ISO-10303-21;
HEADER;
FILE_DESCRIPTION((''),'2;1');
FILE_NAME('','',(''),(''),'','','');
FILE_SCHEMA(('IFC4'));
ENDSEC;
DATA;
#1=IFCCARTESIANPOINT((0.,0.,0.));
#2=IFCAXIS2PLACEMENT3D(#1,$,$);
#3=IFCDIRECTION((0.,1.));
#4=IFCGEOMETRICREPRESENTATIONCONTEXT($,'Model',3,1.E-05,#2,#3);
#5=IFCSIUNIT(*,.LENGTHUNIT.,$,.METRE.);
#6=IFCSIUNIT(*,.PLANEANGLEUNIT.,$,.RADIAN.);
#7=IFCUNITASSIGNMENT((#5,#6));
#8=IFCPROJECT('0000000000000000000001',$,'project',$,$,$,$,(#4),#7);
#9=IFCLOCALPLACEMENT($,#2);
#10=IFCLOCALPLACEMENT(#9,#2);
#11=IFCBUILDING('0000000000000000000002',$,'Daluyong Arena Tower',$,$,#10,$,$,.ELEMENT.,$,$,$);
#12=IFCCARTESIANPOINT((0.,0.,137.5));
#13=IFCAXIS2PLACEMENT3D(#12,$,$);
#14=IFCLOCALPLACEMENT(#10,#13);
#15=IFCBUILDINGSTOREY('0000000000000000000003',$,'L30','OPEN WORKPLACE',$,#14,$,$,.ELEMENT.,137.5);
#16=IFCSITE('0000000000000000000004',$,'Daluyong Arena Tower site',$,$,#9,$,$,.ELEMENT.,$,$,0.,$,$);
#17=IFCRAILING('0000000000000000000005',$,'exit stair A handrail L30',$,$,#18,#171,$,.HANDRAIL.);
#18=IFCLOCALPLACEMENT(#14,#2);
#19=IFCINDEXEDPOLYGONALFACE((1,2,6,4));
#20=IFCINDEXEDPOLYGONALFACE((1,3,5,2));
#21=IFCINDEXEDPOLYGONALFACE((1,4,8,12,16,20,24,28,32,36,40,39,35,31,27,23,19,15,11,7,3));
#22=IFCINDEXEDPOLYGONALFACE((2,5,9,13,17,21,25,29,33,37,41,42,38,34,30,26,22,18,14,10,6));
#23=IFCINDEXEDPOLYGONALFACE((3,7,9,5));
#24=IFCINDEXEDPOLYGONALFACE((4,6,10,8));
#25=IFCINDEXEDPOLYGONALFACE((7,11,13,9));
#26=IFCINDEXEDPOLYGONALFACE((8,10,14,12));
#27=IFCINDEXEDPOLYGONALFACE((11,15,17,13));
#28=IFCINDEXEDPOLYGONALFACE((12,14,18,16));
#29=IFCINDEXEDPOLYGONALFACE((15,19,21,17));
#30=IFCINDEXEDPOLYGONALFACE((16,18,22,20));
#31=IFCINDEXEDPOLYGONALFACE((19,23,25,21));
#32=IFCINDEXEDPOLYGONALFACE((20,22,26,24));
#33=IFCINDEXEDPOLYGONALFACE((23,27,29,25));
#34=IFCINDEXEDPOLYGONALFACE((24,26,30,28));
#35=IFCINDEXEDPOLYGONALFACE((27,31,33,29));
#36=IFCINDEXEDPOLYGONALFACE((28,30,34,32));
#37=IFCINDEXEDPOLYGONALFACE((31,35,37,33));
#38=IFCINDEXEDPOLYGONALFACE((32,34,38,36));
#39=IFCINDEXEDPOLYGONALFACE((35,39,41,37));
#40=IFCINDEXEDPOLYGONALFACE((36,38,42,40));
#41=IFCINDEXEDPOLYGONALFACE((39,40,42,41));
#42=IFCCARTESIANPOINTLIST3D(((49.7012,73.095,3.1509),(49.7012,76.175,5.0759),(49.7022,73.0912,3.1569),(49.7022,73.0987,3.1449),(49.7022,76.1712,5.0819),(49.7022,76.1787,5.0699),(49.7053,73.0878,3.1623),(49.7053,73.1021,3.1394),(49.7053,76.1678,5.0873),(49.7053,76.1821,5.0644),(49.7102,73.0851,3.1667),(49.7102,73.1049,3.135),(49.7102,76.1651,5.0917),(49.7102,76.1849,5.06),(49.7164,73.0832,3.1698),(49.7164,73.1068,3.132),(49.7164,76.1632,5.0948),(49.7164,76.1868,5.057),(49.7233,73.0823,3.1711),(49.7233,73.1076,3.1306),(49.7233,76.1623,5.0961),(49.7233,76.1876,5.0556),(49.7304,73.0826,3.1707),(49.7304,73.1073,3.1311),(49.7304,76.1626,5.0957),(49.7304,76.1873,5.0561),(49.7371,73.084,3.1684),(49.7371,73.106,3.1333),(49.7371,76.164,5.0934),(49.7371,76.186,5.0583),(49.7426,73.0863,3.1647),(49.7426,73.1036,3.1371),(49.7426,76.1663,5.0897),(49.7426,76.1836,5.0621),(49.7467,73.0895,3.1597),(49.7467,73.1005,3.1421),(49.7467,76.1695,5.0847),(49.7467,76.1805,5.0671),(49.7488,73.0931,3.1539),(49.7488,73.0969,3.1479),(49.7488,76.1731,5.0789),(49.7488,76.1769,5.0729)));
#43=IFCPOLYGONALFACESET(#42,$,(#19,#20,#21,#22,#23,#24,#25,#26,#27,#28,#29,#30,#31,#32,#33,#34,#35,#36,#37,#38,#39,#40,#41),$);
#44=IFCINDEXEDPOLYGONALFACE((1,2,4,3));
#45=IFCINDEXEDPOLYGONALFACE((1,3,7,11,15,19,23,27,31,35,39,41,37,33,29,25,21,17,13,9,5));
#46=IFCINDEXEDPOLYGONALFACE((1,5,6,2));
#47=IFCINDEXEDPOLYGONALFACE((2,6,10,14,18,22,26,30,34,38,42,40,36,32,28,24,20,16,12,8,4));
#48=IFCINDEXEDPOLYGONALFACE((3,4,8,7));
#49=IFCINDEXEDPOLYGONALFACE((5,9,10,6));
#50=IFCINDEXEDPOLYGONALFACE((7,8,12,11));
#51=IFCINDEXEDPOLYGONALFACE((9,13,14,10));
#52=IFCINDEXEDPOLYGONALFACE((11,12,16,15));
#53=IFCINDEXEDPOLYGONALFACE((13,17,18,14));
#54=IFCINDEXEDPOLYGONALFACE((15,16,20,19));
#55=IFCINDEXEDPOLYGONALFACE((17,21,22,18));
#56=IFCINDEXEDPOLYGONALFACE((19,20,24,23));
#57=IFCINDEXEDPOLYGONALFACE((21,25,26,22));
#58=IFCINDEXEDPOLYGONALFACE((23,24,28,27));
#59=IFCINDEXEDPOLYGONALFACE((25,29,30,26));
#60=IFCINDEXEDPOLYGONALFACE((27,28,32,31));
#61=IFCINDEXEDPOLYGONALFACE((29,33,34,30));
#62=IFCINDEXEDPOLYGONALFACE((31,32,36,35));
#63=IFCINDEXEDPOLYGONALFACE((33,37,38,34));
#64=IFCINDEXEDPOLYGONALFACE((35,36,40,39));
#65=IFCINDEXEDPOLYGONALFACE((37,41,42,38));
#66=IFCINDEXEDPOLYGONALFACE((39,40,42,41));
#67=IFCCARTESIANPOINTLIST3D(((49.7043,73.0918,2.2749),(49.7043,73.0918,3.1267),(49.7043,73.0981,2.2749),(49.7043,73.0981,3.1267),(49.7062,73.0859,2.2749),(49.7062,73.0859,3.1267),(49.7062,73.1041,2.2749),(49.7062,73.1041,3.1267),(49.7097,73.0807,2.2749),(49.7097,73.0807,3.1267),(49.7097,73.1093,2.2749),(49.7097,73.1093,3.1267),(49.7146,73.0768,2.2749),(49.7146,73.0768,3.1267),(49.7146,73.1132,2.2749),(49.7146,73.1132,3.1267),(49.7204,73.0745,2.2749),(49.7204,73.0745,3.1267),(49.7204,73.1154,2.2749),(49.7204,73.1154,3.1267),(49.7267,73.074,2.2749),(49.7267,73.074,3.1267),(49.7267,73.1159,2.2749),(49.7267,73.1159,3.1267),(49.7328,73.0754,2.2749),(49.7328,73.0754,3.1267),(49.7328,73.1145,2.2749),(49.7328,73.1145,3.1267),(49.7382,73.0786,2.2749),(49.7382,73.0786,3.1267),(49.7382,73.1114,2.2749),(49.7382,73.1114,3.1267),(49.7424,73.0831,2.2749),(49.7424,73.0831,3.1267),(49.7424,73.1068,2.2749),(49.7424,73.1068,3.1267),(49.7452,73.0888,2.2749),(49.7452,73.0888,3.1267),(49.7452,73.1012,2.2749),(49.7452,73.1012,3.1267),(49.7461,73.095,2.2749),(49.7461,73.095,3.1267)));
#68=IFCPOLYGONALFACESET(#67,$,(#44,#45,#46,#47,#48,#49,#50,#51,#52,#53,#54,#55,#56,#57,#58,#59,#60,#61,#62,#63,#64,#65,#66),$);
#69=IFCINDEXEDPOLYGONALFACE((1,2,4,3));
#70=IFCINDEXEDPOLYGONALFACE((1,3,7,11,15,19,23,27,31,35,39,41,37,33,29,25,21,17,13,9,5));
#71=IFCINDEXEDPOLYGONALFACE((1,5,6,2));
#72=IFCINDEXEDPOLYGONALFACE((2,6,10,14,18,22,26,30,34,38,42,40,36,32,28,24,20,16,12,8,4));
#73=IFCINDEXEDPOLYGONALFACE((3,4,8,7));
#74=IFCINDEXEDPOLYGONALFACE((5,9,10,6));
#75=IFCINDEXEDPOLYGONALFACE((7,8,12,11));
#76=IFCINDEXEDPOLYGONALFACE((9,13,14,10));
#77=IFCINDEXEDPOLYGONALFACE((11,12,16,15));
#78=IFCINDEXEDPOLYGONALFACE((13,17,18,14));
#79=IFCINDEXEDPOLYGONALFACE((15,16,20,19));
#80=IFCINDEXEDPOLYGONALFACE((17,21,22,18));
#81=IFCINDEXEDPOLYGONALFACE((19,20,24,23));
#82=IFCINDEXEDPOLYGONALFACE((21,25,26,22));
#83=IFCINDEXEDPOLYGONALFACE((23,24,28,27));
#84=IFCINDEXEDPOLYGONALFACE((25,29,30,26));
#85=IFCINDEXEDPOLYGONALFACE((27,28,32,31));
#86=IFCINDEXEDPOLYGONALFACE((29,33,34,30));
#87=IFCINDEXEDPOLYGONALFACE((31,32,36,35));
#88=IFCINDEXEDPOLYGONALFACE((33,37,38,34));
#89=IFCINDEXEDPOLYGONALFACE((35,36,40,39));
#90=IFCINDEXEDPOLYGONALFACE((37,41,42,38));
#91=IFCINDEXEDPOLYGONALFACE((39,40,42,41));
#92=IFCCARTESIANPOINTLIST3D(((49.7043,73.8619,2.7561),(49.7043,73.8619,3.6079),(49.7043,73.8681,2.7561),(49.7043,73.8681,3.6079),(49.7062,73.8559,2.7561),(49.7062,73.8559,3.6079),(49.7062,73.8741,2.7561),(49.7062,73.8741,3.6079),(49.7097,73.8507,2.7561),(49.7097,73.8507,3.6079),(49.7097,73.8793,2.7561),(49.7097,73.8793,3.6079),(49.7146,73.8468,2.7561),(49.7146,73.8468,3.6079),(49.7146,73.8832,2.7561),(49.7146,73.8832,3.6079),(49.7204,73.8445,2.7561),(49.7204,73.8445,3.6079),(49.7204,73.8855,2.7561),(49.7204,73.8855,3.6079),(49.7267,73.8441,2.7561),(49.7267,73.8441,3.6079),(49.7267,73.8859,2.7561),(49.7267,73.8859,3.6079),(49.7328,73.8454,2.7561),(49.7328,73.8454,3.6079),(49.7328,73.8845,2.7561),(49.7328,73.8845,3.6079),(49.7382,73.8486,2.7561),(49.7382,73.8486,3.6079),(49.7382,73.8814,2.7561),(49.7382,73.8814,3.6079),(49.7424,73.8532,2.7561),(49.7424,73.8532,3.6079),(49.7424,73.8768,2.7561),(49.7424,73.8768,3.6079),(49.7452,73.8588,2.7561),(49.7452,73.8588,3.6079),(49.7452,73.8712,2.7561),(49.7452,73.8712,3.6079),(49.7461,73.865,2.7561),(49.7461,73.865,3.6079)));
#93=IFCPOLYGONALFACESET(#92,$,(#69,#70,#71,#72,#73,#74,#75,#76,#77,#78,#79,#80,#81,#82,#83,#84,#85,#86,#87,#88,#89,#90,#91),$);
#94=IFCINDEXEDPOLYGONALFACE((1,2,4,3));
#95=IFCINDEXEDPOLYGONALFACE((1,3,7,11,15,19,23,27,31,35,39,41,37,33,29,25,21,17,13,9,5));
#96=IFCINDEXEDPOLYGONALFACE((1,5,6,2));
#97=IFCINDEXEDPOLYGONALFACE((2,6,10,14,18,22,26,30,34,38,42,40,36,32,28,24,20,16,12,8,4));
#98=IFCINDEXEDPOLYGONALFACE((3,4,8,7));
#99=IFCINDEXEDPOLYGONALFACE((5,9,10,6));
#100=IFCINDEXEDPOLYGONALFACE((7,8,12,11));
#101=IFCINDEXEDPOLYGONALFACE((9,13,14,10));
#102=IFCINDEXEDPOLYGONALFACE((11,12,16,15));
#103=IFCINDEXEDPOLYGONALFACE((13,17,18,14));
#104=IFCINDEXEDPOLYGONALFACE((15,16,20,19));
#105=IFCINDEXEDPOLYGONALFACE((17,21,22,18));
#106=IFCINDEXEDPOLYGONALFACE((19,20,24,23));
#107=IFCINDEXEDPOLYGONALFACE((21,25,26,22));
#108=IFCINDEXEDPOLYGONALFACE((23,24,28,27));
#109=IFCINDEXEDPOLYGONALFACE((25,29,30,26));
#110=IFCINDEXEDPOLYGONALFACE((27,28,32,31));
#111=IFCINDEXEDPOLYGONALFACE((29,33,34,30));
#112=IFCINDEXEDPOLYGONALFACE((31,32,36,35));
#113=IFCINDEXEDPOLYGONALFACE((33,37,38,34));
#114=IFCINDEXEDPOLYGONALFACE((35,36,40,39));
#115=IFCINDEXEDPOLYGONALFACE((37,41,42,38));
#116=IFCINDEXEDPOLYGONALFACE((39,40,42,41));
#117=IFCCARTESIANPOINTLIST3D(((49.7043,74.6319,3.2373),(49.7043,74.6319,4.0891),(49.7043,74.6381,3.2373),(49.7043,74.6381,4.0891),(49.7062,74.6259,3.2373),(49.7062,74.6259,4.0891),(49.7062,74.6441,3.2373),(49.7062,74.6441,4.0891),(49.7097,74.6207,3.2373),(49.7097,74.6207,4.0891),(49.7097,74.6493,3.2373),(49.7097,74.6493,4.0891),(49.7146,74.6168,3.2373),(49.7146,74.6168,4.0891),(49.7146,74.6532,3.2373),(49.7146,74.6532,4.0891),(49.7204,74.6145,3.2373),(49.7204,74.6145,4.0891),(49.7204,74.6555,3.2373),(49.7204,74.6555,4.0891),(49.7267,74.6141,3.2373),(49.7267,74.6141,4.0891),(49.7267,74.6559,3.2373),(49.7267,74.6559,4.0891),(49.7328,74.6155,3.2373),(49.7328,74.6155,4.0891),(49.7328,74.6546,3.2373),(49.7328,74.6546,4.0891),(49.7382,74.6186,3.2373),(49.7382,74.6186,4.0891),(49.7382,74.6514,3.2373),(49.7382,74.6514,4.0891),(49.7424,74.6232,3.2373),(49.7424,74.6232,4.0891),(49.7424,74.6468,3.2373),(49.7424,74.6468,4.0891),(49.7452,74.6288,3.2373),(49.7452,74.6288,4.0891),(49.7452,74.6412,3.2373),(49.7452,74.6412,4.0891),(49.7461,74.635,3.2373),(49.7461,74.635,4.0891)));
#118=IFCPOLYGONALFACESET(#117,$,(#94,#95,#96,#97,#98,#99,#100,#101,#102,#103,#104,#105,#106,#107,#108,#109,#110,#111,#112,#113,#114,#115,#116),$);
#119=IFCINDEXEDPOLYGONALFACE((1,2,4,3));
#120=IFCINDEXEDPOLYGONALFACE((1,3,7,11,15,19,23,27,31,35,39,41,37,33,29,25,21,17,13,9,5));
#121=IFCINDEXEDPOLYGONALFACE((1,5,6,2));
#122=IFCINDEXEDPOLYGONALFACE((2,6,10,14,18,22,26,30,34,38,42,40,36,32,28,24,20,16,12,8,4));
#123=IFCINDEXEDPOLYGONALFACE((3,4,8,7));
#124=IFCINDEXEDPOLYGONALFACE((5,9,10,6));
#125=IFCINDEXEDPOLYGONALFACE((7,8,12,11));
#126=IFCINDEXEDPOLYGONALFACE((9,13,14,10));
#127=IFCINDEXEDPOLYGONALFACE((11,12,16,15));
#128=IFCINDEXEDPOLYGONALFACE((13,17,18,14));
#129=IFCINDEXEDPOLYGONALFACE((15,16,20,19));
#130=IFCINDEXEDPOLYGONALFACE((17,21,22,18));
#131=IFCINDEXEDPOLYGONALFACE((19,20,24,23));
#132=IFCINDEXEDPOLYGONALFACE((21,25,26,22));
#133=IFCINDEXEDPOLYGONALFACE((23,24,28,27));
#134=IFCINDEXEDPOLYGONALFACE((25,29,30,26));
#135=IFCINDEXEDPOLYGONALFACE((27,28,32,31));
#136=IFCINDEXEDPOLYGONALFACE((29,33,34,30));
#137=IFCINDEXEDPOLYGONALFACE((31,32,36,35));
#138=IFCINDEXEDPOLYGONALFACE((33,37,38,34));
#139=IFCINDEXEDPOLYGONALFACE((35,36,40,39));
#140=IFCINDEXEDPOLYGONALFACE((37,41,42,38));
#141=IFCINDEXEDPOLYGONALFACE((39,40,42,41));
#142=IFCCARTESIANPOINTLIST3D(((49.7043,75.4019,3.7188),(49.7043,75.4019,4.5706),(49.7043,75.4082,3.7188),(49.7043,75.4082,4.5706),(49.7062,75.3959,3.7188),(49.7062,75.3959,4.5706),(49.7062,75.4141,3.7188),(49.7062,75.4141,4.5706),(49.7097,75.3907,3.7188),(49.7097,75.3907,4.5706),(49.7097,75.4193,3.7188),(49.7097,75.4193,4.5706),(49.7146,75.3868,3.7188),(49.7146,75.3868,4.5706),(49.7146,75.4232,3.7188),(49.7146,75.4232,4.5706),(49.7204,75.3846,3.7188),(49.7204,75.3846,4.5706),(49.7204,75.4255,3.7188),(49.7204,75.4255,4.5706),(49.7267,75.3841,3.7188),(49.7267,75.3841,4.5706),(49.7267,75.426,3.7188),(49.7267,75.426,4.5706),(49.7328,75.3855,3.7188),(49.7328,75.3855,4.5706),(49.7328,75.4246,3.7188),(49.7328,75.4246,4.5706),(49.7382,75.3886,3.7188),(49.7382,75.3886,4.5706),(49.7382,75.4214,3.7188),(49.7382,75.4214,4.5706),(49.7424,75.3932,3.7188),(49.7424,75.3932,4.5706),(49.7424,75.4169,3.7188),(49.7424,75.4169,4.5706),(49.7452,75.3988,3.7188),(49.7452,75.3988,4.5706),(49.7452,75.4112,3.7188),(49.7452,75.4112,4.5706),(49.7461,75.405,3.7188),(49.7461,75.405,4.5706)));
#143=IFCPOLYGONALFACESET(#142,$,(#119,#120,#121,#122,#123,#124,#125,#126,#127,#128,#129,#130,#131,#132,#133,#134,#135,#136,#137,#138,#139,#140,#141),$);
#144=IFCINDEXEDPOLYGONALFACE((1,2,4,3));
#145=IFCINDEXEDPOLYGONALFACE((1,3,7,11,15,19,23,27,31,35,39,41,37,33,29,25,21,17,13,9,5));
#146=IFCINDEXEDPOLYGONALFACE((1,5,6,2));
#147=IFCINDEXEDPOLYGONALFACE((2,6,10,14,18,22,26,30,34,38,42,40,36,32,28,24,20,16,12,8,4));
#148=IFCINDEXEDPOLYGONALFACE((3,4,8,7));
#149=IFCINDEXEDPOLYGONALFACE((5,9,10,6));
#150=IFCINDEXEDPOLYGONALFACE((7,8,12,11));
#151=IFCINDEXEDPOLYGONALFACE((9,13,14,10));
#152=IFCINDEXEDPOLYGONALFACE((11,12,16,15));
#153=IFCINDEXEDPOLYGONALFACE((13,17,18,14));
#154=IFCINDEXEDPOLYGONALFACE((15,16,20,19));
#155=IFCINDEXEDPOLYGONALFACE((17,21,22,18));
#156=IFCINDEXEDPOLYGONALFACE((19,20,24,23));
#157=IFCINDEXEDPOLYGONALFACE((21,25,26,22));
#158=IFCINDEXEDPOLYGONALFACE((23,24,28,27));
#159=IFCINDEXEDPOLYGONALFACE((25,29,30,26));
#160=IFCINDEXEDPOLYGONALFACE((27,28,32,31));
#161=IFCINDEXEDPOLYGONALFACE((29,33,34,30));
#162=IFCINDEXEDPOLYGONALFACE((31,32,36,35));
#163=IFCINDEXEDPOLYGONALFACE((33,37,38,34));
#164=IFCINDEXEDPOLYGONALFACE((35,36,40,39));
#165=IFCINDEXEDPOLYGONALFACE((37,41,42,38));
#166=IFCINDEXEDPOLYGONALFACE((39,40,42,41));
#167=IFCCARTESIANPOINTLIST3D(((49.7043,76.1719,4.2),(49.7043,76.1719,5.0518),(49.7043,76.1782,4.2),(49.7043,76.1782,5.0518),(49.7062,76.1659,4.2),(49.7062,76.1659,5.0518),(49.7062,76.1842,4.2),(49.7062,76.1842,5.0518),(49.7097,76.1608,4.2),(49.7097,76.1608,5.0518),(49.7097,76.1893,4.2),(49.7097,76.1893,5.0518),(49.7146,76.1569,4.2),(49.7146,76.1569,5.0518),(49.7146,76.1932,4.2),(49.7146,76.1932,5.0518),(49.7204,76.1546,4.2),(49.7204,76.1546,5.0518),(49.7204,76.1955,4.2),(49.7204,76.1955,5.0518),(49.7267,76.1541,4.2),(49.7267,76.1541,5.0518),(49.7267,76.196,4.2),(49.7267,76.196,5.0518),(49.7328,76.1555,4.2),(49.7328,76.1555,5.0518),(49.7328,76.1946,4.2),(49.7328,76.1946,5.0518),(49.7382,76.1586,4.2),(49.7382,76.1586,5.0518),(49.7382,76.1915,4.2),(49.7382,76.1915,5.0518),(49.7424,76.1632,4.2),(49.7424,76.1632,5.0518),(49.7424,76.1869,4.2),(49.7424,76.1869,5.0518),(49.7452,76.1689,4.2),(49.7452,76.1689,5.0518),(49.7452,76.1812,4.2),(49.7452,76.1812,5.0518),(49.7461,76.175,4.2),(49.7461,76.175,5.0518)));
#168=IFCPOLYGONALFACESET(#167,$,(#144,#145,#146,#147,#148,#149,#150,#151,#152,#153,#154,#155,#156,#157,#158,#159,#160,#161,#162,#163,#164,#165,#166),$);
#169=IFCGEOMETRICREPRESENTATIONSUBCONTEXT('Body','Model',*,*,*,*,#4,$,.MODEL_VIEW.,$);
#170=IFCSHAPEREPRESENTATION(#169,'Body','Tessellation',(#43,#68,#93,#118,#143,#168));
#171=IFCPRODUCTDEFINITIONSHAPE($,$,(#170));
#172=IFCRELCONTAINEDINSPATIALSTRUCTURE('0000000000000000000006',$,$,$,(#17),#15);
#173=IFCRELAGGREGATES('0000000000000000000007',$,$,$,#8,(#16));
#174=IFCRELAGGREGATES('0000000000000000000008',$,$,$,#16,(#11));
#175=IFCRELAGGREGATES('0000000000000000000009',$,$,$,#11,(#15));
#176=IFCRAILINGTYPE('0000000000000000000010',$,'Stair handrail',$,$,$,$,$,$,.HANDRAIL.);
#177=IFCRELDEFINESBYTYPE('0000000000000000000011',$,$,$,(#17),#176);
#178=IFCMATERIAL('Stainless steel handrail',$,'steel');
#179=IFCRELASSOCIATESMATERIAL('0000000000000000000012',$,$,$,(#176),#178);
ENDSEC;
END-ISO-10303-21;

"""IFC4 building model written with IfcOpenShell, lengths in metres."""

from ifc_helpers import new_model, si_unit, direction, frame, origin, origin_2d, place, context, subcontext, project, spatial, circle, extrude, material, type_object, element, save


model = new_model("IFC4")

# Units and contexts
model_context = context("Model", 3, precision=1e-05, world=origin(), true_north=direction((0.0, 1.0)))
body_context = subcontext(model_context, "Body", "Model", "MODEL_VIEW")
ifc_project = project(units=[si_unit("LENGTHUNIT", "METRE"), si_unit("PLANEANGLEUNIT", "RADIAN")], contexts=[model_context])

# Site, building, storey
site_placement = place(None, origin())
site = spatial("IfcSite", under=ifc_project, at=site_placement, Name="Daluyong Arena Tower site", CompositionType="ELEMENT", RefElevation=0.0)
building_placement = place(site_placement, origin())
building = spatial("IfcBuilding", under=site, at=building_placement, Name="Daluyong Arena Tower", CompositionType="ELEMENT")
storey_placement = place(building_placement, frame((0.0, 0.0, 137.5)))
storey = spatial("IfcBuildingStorey", under=building, at=storey_placement, Name="L30", Description="OPEN WORKPLACE", CompositionType="ELEMENT", Elevation=137.5)

# Railing
ifc_material_1 = material(Name="Stainless steel handrail", Category="steel")
railing_type_1 = type_object("IfcRailingType", Name="Stair handrail", PredefinedType="HANDRAIL", material=ifc_material_1)
railing_1_placement = place(storey_placement, frame((49.7251, 73.095, 2.2749)))
element("IfcRailing", 1, at=railing_1_placement, inside=storey, type_object=railing_type_1, Name="exit stair A handrail L30", PredefinedType="HANDRAIL", context=body_context, shape_type="SweptSolid", body=[
    extrude(circle(Radius=0.0239, at=origin_2d()), frame((0.0, 0.0, 0.876), z_axis=(0.0, 0.847998, 0.529999), x_axis=(-1.0, 0.0, 0.0)), (0.0, 0.0, 1.0), 3.6321),
    extrude(circle(Radius=0.021, at=origin_2d()), origin(), (0.0, 0.0, 1.0), 0.8518),
    extrude(circle(Radius=0.021, at=origin_2d()), frame((0.0, 0.77, 0.4812)), (0.0, 0.0, 1.0), 0.8518),
    extrude(circle(Radius=0.021, at=origin_2d()), frame((0.0, 1.54, 0.9624)), (0.0, 0.0, 1.0), 0.8518),
    extrude(circle(Radius=0.021, at=origin_2d()), frame((0.0, 2.3101, 1.4438)), (0.0, 0.0, 1.0), 0.8518),
    extrude(circle(Radius=0.021, at=origin_2d()), frame((0.0, 3.0801, 1.925)), (0.0, 0.0, 1.0), 0.8518),
])

save(model, "model.ifc")
